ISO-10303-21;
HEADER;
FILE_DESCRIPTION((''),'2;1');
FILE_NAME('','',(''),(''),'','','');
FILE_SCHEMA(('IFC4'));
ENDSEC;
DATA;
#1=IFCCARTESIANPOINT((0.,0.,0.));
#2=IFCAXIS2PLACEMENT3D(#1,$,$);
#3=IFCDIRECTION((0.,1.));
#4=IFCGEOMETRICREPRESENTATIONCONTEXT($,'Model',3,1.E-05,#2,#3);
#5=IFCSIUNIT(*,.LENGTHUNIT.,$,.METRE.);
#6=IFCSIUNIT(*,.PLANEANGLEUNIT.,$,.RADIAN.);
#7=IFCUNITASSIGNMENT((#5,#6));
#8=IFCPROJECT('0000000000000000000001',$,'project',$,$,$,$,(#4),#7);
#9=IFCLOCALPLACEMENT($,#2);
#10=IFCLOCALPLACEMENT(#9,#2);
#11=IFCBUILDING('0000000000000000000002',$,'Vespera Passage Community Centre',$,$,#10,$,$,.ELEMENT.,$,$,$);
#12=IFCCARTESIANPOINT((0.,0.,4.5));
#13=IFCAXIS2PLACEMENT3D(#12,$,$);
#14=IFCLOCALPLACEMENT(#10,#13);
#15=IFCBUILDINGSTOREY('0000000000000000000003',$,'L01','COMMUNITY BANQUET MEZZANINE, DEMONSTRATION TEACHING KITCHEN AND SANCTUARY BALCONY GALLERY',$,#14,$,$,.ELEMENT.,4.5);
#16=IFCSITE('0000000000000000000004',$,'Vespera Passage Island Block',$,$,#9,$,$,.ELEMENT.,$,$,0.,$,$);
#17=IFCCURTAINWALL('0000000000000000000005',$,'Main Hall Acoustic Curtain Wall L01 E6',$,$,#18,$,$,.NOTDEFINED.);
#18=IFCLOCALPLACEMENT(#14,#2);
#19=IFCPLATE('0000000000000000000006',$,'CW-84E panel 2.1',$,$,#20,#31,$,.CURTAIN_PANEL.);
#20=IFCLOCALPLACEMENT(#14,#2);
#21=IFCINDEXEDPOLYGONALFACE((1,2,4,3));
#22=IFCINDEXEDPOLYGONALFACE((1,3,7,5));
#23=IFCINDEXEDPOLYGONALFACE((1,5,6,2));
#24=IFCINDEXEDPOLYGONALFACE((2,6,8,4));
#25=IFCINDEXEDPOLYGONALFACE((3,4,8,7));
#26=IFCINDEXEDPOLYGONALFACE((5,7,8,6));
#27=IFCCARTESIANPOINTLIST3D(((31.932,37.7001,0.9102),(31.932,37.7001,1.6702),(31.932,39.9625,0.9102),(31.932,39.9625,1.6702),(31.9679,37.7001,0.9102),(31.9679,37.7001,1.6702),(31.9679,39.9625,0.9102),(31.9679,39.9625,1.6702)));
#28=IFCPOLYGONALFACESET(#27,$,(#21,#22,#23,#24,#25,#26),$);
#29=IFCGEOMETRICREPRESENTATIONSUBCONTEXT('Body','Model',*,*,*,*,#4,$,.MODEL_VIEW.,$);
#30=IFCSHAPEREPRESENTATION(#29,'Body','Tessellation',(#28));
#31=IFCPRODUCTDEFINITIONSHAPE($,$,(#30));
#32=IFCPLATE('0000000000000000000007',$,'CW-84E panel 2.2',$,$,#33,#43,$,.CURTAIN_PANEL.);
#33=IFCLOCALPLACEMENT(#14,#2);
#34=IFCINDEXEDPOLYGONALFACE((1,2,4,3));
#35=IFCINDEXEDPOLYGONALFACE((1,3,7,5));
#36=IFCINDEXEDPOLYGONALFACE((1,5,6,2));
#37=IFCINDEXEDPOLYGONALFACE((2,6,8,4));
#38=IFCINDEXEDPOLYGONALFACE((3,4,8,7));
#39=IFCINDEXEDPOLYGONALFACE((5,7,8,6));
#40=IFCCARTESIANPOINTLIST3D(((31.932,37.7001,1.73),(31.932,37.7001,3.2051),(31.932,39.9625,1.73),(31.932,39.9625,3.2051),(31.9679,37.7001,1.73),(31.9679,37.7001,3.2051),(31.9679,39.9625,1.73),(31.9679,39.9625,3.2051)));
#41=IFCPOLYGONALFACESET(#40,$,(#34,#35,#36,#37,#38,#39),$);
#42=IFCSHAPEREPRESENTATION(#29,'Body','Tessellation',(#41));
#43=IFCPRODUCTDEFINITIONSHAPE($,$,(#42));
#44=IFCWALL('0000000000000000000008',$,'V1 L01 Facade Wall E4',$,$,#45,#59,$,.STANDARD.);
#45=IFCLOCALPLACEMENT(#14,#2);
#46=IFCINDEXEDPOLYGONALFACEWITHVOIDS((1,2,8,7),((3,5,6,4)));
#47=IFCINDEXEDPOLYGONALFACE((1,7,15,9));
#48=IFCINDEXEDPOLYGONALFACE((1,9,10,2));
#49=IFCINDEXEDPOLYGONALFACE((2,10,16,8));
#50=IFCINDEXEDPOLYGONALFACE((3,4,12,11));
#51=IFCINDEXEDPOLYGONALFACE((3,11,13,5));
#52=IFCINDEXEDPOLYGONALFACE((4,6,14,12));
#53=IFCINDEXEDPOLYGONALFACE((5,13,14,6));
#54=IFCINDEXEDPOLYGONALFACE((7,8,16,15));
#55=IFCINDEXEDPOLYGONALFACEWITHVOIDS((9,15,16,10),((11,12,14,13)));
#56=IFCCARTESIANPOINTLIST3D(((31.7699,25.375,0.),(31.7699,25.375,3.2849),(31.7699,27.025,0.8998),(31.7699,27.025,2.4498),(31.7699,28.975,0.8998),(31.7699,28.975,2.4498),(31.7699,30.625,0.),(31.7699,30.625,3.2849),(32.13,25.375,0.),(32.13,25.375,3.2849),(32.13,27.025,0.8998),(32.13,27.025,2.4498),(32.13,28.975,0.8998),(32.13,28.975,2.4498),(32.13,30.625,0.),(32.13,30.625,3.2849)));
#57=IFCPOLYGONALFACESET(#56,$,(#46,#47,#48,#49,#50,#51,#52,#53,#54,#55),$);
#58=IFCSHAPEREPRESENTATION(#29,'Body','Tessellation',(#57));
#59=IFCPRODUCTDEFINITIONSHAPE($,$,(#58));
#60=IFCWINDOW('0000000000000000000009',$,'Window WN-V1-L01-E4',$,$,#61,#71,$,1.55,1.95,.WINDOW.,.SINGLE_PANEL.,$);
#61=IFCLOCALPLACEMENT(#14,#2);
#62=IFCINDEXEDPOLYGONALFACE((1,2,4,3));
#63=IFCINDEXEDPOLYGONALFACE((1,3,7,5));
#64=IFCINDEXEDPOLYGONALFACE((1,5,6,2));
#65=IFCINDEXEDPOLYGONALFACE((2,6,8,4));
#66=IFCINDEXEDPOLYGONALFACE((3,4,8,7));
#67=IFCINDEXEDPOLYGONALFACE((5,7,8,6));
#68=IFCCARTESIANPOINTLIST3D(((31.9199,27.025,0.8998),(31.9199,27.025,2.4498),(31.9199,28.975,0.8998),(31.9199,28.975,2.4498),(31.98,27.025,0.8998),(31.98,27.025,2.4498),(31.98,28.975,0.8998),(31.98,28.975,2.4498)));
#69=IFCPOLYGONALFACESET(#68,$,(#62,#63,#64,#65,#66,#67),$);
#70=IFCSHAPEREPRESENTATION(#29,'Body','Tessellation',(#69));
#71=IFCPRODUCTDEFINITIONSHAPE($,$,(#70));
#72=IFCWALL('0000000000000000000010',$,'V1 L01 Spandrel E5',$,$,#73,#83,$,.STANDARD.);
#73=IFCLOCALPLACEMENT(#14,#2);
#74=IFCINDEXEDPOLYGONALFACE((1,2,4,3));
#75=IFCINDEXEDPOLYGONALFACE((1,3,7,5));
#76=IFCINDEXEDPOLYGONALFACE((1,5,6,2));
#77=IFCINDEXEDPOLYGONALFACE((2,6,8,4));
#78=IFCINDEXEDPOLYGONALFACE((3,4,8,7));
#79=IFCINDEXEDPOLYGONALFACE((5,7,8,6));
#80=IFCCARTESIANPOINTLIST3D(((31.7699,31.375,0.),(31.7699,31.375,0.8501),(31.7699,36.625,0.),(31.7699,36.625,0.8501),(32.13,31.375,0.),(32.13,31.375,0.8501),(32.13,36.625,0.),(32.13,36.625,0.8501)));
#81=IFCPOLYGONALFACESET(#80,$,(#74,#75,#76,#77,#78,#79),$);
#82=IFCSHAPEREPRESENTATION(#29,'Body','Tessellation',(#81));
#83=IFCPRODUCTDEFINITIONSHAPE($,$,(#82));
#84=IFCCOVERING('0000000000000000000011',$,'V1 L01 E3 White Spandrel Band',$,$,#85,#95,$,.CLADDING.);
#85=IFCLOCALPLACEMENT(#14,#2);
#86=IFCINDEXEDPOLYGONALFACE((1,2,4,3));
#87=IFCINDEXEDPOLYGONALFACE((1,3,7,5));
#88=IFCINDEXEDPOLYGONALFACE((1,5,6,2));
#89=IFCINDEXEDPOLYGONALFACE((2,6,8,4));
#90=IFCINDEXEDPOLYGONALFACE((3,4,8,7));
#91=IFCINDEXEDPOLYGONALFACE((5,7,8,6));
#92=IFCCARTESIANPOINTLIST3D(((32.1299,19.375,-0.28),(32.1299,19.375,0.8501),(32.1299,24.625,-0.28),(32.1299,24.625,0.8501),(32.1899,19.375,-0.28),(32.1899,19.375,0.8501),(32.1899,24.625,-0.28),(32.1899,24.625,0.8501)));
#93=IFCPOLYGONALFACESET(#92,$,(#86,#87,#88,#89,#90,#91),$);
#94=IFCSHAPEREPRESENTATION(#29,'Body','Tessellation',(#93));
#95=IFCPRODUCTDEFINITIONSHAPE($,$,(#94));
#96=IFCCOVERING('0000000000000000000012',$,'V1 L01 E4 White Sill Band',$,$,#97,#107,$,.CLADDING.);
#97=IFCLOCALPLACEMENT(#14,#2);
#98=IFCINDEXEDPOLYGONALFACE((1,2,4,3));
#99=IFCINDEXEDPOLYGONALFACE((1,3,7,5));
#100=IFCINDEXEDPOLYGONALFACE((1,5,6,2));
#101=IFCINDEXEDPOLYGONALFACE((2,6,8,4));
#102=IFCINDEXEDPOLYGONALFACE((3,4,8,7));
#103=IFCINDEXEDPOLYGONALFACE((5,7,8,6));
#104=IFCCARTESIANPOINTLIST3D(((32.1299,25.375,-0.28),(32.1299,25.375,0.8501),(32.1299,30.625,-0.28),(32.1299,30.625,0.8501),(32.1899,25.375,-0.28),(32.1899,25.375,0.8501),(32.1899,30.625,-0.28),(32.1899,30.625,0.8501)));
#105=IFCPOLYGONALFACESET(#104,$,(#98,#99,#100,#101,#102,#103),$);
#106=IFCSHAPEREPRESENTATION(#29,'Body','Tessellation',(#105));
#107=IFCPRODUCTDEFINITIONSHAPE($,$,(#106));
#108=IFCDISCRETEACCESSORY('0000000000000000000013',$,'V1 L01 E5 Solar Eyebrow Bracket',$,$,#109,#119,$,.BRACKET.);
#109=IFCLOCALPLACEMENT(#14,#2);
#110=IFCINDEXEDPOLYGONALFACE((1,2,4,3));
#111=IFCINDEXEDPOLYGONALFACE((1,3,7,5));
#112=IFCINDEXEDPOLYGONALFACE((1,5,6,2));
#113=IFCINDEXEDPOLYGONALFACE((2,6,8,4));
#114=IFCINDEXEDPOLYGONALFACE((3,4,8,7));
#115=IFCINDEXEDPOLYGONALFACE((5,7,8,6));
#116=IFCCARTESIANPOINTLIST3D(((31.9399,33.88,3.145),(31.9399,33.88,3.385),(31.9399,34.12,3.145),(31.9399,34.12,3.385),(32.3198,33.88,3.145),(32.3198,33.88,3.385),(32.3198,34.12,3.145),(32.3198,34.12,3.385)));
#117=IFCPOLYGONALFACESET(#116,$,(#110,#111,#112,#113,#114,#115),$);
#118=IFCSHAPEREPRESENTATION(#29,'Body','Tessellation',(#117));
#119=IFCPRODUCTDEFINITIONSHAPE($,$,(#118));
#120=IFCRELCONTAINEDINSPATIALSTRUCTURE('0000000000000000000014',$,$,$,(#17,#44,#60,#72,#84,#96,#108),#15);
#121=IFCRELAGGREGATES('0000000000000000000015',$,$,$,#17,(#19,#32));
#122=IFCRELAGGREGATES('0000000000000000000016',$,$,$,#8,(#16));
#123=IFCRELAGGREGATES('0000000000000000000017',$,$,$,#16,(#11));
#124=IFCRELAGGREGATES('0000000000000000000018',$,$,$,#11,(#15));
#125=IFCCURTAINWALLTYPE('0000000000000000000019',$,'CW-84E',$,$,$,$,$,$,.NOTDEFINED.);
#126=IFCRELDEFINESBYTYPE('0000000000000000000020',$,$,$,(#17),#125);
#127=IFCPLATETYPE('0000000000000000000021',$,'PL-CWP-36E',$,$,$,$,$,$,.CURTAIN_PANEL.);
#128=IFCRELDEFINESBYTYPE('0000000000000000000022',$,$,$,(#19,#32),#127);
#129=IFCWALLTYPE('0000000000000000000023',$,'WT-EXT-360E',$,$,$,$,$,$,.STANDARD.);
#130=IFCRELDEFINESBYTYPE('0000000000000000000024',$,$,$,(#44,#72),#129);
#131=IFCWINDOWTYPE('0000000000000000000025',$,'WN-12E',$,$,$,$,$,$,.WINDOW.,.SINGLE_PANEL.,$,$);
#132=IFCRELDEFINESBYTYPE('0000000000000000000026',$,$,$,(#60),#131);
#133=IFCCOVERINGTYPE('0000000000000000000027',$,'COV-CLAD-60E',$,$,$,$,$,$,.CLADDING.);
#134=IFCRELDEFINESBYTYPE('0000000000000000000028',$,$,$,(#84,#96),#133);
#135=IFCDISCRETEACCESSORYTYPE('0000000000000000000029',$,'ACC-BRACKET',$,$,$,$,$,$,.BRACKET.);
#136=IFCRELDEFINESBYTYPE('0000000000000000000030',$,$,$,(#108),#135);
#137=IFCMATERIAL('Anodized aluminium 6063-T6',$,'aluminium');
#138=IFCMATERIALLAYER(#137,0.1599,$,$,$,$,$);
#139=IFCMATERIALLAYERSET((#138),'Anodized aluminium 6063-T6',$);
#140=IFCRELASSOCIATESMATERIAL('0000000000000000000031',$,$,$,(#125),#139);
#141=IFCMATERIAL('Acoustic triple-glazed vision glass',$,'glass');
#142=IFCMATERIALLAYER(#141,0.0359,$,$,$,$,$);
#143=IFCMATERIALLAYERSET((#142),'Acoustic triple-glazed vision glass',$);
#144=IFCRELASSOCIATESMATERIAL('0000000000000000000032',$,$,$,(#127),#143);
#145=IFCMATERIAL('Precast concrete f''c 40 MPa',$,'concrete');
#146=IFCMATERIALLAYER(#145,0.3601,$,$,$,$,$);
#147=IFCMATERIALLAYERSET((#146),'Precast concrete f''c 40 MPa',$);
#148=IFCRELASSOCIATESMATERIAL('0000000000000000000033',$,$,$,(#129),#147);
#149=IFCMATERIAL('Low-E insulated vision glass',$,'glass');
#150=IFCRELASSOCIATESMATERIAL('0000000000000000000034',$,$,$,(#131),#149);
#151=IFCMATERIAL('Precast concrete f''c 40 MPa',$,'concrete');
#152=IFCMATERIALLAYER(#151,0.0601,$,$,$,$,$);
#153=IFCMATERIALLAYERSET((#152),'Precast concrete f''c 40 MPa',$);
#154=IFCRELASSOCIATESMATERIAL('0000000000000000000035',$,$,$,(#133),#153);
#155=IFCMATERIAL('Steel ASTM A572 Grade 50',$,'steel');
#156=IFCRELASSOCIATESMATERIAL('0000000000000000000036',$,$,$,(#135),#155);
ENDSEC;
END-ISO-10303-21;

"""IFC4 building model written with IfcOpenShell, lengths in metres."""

from ifc_helpers import new_model, si_unit, direction, frame, frame_2d, origin, origin_2d, place, context, subcontext, project, spatial, rectangle, extrude, material, layer, layer_set, type_object, element, fill, aggregate, save


model = new_model("IFC4")

# Units and contexts
model_context = context("Model", 3, precision=1e-05, world=origin(), true_north=direction((0.0, 1.0)))
body_context = subcontext(model_context, "Body", "Model", "MODEL_VIEW")
ifc_project = project(units=[si_unit("LENGTHUNIT", "METRE"), si_unit("PLANEANGLEUNIT", "RADIAN")], contexts=[model_context])

# Site, building, storey
site_placement = place(None, origin())
site = spatial("IfcSite", under=ifc_project, at=site_placement, Name="Vespera Passage Island Block", CompositionType="ELEMENT", RefElevation=0.0)
building_placement = place(site_placement, origin())
building = spatial("IfcBuilding", under=site, at=building_placement, Name="Vespera Passage Community Centre", CompositionType="ELEMENT")
storey_placement = place(building_placement, frame((0.0, 0.0, 4.5)))
storey = spatial("IfcBuildingStorey", under=building, at=storey_placement, Name="L01", Description="COMMUNITY BANQUET MEZZANINE, DEMONSTRATION TEACHING KITCHEN AND SANCTUARY BALCONY GALLERY", CompositionType="ELEMENT", Elevation=4.5)

# Shared definitions
ifc_material_1 = material(Name="Anodized aluminium 6063-T6", Category="aluminium")
ifc_layer_1 = layer(ifc_material_1, 0.1599)
ifc_layer_set_1 = layer_set([ifc_layer_1], Name="Anodized aluminium 6063-T6")
curtain_wall_type = type_object("IfcCurtainWallType", Name="CW-84E", PredefinedType="NOTDEFINED", material=ifc_layer_set_1)

# Curtain wall
curtain_wall_1_placement = place(storey_placement, origin())
curtain_wall_1 = element("IfcCurtainWall", 1, at=curtain_wall_1_placement, inside=storey, type_object=curtain_wall_type, Name="Main Hall Acoustic Curtain Wall L01 E6", PredefinedType="NOTDEFINED")

# Plates
ifc_material_2 = material(Name="Acoustic triple-glazed vision glass", Category="glass")
ifc_layer_2 = layer(ifc_material_2, 0.0359)
ifc_layer_set_2 = layer_set([ifc_layer_2], Name="Acoustic triple-glazed vision glass")
plate_type = type_object("IfcPlateType", Name="PL-CWP-36E", PredefinedType="CURTAIN_PANEL", material=ifc_layer_set_2)
plate_1_placement = place(storey_placement, frame((31.95, 38.8313, 0.9102), z_axis=(0.0, 0.0, 1.0), x_axis=(0.0, -1.0, 0.0)))
plate_1 = element("IfcPlate", 2, at=plate_1_placement, type_object=plate_type, Name="CW-84E panel 2.1", PredefinedType="CURTAIN_PANEL", context=body_context, shape_type="SweptSolid", body=[
    extrude(rectangle(XDim=2.2625, YDim=0.0359, at=origin_2d()), origin(), (0.0, 0.0, 1.0), 0.76),
])
plate_2_placement = place(storey_placement, frame((31.95, 38.8313, 1.73), z_axis=(0.0, 0.0, 1.0), x_axis=(0.0, -1.0, 0.0)))
plate_2 = element("IfcPlate", 3, at=plate_2_placement, type_object=plate_type, Name="CW-84E panel 2.2", PredefinedType="CURTAIN_PANEL", context=body_context, shape_type="SweptSolid", body=[
    extrude(rectangle(XDim=2.2625, YDim=0.0359, at=origin_2d()), origin(), (0.0, 0.0, 1.0), 1.4751),
])
aggregate(curtain_wall_1, [plate_1, plate_2])

# Wall, opening, window
ifc_material_3 = material(Name="Precast concrete f'c 40 MPa", Category="concrete")
ifc_layer_3 = layer(ifc_material_3, 0.3601)
ifc_layer_set_3 = layer_set([ifc_layer_3], Name="Precast concrete f'c 40 MPa")
wall_type = type_object("IfcWallType", Name="WT-EXT-360E", PredefinedType="STANDARD", material=ifc_layer_set_3)
wall_1_placement = place(storey_placement, frame((31.95, 30.625, 0.0), z_axis=(0.0, 0.0, 1.0), x_axis=(0.0, -1.0, 0.0)))
wall_1 = element("IfcWall", 4, at=wall_1_placement, inside=storey, type_object=wall_type, Name="V1 L01 Facade Wall E4", PredefinedType="STANDARD", context=body_context, shape_type="SweptSolid", body=[
    extrude(rectangle(XDim=5.25, YDim=0.3601, at=frame_2d((2.625, 0.0))), origin(), (0.0, 0.0, 1.0), 3.2849),
])
opening_placement = place(wall_1_placement, frame((1.6499, 0.0, 0.8999)))
opening = element("IfcOpeningElement", 5, at=opening_placement, cuts=wall_1, PredefinedType="OPENING", context=body_context, shape_type="SweptSolid", body=[
    extrude(rectangle(XDim=1.95, YDim=1.55, at=frame_2d((0.9751, 0.7749))), frame((0.0, 0.1902, 0.0), z_axis=(0.0, -1.0, 0.0), x_axis=(1.0, 0.0, 0.0)), (0.0, 0.0, 1.0), 0.3801),
])
ifc_material_4 = material(Name="Low-E insulated vision glass", Category="glass")
window_type = type_object("IfcWindowType", Name="WN-12E", PartitioningType="SINGLE_PANEL", PredefinedType="WINDOW", material=ifc_material_4)
window_placement = place(opening_placement, origin())
window = element("IfcWindow", 6, at=window_placement, inside=storey, type_object=window_type, Name="Window WN-V1-L01-E4", OverallHeight=1.55, OverallWidth=1.95, PartitioningType="SINGLE_PANEL", PredefinedType="WINDOW", context=body_context, shape_type="SweptSolid", body=[
    extrude(rectangle(XDim=1.95, YDim=1.55, at=frame_2d((0.9751, 0.7749))), frame((0.0, 0.03, 0.0), z_axis=(0.0, -1.0, 0.0), x_axis=(1.0, 0.0, 0.0)), (0.0, 0.0, 1.0), 0.0601),
])
fill(opening, window)

# Wall
wall_2_placement = place(storey_placement, frame((31.95, 36.625, 0.0), z_axis=(0.0, 0.0, 1.0), x_axis=(0.0, -1.0, 0.0)))
element("IfcWall", 7, at=wall_2_placement, inside=storey, type_object=wall_type, Name="V1 L01 Spandrel E5", PredefinedType="STANDARD", context=body_context, shape_type="SweptSolid", body=[
    extrude(rectangle(XDim=5.25, YDim=0.3601, at=frame_2d((2.625, 0.0))), origin(), (0.0, 0.0, 1.0), 0.8501),
])

# Coverings
ifc_material_5 = material(Name="Precast concrete f'c 40 MPa", Category="concrete")
ifc_layer_4 = layer(ifc_material_5, 0.0601)
ifc_layer_set_4 = layer_set([ifc_layer_4], Name="Precast concrete f'c 40 MPa")
covering_type = type_object("IfcCoveringType", Name="COV-CLAD-60E", PredefinedType="CLADDING", material=ifc_layer_set_4)
for number, where, z_axis, x_axis, name in (
    (8, (32.1599, 24.625, -0.28), (0.0, 0.0, 1.0), (0.0, -1.0, 0.0), "V1 L01 E3 White Spandrel Band"),
    (9, (32.1599, 30.625, -0.28), (0.0, 0.0, 1.0), (0.0, -1.0, 0.0), "V1 L01 E4 White Sill Band"),
):
    element("IfcCovering", number, at=place(storey_placement, frame(where, z_axis=z_axis, x_axis=x_axis)), inside=storey, type_object=covering_type, Name=name, PredefinedType="CLADDING", context=body_context, shape_type="SweptSolid", body=[
        extrude(rectangle(XDim=5.25, YDim=0.0601, at=frame_2d((2.625, 0.0))), origin(), (0.0, 0.0, 1.0), 1.1301),
    ])

# Discrete accessory
ifc_material_6 = material(Name="Steel ASTM A572 Grade 50", Category="steel")
discrete_accessory_type = type_object("IfcDiscreteAccessoryType", Name="ACC-BRACKET", PredefinedType="BRACKET", material=ifc_material_6)
discrete_accessory_placement = place(storey_placement, frame((32.1299, 34.0, 3.145), z_axis=(0.0, 0.0, 1.0), x_axis=(0.0, -1.0, 0.0)))
element("IfcDiscreteAccessory", 10, at=discrete_accessory_placement, inside=storey, type_object=discrete_accessory_type, Name="V1 L01 E5 Solar Eyebrow Bracket", PredefinedType="BRACKET", context=body_context, shape_type="SweptSolid", body=[
    extrude(rectangle(XDim=0.24, YDim=0.3799, at=origin_2d()), origin(), (0.0, 0.0, 1.0), 0.24),
])

save(model, "model.ifc")
